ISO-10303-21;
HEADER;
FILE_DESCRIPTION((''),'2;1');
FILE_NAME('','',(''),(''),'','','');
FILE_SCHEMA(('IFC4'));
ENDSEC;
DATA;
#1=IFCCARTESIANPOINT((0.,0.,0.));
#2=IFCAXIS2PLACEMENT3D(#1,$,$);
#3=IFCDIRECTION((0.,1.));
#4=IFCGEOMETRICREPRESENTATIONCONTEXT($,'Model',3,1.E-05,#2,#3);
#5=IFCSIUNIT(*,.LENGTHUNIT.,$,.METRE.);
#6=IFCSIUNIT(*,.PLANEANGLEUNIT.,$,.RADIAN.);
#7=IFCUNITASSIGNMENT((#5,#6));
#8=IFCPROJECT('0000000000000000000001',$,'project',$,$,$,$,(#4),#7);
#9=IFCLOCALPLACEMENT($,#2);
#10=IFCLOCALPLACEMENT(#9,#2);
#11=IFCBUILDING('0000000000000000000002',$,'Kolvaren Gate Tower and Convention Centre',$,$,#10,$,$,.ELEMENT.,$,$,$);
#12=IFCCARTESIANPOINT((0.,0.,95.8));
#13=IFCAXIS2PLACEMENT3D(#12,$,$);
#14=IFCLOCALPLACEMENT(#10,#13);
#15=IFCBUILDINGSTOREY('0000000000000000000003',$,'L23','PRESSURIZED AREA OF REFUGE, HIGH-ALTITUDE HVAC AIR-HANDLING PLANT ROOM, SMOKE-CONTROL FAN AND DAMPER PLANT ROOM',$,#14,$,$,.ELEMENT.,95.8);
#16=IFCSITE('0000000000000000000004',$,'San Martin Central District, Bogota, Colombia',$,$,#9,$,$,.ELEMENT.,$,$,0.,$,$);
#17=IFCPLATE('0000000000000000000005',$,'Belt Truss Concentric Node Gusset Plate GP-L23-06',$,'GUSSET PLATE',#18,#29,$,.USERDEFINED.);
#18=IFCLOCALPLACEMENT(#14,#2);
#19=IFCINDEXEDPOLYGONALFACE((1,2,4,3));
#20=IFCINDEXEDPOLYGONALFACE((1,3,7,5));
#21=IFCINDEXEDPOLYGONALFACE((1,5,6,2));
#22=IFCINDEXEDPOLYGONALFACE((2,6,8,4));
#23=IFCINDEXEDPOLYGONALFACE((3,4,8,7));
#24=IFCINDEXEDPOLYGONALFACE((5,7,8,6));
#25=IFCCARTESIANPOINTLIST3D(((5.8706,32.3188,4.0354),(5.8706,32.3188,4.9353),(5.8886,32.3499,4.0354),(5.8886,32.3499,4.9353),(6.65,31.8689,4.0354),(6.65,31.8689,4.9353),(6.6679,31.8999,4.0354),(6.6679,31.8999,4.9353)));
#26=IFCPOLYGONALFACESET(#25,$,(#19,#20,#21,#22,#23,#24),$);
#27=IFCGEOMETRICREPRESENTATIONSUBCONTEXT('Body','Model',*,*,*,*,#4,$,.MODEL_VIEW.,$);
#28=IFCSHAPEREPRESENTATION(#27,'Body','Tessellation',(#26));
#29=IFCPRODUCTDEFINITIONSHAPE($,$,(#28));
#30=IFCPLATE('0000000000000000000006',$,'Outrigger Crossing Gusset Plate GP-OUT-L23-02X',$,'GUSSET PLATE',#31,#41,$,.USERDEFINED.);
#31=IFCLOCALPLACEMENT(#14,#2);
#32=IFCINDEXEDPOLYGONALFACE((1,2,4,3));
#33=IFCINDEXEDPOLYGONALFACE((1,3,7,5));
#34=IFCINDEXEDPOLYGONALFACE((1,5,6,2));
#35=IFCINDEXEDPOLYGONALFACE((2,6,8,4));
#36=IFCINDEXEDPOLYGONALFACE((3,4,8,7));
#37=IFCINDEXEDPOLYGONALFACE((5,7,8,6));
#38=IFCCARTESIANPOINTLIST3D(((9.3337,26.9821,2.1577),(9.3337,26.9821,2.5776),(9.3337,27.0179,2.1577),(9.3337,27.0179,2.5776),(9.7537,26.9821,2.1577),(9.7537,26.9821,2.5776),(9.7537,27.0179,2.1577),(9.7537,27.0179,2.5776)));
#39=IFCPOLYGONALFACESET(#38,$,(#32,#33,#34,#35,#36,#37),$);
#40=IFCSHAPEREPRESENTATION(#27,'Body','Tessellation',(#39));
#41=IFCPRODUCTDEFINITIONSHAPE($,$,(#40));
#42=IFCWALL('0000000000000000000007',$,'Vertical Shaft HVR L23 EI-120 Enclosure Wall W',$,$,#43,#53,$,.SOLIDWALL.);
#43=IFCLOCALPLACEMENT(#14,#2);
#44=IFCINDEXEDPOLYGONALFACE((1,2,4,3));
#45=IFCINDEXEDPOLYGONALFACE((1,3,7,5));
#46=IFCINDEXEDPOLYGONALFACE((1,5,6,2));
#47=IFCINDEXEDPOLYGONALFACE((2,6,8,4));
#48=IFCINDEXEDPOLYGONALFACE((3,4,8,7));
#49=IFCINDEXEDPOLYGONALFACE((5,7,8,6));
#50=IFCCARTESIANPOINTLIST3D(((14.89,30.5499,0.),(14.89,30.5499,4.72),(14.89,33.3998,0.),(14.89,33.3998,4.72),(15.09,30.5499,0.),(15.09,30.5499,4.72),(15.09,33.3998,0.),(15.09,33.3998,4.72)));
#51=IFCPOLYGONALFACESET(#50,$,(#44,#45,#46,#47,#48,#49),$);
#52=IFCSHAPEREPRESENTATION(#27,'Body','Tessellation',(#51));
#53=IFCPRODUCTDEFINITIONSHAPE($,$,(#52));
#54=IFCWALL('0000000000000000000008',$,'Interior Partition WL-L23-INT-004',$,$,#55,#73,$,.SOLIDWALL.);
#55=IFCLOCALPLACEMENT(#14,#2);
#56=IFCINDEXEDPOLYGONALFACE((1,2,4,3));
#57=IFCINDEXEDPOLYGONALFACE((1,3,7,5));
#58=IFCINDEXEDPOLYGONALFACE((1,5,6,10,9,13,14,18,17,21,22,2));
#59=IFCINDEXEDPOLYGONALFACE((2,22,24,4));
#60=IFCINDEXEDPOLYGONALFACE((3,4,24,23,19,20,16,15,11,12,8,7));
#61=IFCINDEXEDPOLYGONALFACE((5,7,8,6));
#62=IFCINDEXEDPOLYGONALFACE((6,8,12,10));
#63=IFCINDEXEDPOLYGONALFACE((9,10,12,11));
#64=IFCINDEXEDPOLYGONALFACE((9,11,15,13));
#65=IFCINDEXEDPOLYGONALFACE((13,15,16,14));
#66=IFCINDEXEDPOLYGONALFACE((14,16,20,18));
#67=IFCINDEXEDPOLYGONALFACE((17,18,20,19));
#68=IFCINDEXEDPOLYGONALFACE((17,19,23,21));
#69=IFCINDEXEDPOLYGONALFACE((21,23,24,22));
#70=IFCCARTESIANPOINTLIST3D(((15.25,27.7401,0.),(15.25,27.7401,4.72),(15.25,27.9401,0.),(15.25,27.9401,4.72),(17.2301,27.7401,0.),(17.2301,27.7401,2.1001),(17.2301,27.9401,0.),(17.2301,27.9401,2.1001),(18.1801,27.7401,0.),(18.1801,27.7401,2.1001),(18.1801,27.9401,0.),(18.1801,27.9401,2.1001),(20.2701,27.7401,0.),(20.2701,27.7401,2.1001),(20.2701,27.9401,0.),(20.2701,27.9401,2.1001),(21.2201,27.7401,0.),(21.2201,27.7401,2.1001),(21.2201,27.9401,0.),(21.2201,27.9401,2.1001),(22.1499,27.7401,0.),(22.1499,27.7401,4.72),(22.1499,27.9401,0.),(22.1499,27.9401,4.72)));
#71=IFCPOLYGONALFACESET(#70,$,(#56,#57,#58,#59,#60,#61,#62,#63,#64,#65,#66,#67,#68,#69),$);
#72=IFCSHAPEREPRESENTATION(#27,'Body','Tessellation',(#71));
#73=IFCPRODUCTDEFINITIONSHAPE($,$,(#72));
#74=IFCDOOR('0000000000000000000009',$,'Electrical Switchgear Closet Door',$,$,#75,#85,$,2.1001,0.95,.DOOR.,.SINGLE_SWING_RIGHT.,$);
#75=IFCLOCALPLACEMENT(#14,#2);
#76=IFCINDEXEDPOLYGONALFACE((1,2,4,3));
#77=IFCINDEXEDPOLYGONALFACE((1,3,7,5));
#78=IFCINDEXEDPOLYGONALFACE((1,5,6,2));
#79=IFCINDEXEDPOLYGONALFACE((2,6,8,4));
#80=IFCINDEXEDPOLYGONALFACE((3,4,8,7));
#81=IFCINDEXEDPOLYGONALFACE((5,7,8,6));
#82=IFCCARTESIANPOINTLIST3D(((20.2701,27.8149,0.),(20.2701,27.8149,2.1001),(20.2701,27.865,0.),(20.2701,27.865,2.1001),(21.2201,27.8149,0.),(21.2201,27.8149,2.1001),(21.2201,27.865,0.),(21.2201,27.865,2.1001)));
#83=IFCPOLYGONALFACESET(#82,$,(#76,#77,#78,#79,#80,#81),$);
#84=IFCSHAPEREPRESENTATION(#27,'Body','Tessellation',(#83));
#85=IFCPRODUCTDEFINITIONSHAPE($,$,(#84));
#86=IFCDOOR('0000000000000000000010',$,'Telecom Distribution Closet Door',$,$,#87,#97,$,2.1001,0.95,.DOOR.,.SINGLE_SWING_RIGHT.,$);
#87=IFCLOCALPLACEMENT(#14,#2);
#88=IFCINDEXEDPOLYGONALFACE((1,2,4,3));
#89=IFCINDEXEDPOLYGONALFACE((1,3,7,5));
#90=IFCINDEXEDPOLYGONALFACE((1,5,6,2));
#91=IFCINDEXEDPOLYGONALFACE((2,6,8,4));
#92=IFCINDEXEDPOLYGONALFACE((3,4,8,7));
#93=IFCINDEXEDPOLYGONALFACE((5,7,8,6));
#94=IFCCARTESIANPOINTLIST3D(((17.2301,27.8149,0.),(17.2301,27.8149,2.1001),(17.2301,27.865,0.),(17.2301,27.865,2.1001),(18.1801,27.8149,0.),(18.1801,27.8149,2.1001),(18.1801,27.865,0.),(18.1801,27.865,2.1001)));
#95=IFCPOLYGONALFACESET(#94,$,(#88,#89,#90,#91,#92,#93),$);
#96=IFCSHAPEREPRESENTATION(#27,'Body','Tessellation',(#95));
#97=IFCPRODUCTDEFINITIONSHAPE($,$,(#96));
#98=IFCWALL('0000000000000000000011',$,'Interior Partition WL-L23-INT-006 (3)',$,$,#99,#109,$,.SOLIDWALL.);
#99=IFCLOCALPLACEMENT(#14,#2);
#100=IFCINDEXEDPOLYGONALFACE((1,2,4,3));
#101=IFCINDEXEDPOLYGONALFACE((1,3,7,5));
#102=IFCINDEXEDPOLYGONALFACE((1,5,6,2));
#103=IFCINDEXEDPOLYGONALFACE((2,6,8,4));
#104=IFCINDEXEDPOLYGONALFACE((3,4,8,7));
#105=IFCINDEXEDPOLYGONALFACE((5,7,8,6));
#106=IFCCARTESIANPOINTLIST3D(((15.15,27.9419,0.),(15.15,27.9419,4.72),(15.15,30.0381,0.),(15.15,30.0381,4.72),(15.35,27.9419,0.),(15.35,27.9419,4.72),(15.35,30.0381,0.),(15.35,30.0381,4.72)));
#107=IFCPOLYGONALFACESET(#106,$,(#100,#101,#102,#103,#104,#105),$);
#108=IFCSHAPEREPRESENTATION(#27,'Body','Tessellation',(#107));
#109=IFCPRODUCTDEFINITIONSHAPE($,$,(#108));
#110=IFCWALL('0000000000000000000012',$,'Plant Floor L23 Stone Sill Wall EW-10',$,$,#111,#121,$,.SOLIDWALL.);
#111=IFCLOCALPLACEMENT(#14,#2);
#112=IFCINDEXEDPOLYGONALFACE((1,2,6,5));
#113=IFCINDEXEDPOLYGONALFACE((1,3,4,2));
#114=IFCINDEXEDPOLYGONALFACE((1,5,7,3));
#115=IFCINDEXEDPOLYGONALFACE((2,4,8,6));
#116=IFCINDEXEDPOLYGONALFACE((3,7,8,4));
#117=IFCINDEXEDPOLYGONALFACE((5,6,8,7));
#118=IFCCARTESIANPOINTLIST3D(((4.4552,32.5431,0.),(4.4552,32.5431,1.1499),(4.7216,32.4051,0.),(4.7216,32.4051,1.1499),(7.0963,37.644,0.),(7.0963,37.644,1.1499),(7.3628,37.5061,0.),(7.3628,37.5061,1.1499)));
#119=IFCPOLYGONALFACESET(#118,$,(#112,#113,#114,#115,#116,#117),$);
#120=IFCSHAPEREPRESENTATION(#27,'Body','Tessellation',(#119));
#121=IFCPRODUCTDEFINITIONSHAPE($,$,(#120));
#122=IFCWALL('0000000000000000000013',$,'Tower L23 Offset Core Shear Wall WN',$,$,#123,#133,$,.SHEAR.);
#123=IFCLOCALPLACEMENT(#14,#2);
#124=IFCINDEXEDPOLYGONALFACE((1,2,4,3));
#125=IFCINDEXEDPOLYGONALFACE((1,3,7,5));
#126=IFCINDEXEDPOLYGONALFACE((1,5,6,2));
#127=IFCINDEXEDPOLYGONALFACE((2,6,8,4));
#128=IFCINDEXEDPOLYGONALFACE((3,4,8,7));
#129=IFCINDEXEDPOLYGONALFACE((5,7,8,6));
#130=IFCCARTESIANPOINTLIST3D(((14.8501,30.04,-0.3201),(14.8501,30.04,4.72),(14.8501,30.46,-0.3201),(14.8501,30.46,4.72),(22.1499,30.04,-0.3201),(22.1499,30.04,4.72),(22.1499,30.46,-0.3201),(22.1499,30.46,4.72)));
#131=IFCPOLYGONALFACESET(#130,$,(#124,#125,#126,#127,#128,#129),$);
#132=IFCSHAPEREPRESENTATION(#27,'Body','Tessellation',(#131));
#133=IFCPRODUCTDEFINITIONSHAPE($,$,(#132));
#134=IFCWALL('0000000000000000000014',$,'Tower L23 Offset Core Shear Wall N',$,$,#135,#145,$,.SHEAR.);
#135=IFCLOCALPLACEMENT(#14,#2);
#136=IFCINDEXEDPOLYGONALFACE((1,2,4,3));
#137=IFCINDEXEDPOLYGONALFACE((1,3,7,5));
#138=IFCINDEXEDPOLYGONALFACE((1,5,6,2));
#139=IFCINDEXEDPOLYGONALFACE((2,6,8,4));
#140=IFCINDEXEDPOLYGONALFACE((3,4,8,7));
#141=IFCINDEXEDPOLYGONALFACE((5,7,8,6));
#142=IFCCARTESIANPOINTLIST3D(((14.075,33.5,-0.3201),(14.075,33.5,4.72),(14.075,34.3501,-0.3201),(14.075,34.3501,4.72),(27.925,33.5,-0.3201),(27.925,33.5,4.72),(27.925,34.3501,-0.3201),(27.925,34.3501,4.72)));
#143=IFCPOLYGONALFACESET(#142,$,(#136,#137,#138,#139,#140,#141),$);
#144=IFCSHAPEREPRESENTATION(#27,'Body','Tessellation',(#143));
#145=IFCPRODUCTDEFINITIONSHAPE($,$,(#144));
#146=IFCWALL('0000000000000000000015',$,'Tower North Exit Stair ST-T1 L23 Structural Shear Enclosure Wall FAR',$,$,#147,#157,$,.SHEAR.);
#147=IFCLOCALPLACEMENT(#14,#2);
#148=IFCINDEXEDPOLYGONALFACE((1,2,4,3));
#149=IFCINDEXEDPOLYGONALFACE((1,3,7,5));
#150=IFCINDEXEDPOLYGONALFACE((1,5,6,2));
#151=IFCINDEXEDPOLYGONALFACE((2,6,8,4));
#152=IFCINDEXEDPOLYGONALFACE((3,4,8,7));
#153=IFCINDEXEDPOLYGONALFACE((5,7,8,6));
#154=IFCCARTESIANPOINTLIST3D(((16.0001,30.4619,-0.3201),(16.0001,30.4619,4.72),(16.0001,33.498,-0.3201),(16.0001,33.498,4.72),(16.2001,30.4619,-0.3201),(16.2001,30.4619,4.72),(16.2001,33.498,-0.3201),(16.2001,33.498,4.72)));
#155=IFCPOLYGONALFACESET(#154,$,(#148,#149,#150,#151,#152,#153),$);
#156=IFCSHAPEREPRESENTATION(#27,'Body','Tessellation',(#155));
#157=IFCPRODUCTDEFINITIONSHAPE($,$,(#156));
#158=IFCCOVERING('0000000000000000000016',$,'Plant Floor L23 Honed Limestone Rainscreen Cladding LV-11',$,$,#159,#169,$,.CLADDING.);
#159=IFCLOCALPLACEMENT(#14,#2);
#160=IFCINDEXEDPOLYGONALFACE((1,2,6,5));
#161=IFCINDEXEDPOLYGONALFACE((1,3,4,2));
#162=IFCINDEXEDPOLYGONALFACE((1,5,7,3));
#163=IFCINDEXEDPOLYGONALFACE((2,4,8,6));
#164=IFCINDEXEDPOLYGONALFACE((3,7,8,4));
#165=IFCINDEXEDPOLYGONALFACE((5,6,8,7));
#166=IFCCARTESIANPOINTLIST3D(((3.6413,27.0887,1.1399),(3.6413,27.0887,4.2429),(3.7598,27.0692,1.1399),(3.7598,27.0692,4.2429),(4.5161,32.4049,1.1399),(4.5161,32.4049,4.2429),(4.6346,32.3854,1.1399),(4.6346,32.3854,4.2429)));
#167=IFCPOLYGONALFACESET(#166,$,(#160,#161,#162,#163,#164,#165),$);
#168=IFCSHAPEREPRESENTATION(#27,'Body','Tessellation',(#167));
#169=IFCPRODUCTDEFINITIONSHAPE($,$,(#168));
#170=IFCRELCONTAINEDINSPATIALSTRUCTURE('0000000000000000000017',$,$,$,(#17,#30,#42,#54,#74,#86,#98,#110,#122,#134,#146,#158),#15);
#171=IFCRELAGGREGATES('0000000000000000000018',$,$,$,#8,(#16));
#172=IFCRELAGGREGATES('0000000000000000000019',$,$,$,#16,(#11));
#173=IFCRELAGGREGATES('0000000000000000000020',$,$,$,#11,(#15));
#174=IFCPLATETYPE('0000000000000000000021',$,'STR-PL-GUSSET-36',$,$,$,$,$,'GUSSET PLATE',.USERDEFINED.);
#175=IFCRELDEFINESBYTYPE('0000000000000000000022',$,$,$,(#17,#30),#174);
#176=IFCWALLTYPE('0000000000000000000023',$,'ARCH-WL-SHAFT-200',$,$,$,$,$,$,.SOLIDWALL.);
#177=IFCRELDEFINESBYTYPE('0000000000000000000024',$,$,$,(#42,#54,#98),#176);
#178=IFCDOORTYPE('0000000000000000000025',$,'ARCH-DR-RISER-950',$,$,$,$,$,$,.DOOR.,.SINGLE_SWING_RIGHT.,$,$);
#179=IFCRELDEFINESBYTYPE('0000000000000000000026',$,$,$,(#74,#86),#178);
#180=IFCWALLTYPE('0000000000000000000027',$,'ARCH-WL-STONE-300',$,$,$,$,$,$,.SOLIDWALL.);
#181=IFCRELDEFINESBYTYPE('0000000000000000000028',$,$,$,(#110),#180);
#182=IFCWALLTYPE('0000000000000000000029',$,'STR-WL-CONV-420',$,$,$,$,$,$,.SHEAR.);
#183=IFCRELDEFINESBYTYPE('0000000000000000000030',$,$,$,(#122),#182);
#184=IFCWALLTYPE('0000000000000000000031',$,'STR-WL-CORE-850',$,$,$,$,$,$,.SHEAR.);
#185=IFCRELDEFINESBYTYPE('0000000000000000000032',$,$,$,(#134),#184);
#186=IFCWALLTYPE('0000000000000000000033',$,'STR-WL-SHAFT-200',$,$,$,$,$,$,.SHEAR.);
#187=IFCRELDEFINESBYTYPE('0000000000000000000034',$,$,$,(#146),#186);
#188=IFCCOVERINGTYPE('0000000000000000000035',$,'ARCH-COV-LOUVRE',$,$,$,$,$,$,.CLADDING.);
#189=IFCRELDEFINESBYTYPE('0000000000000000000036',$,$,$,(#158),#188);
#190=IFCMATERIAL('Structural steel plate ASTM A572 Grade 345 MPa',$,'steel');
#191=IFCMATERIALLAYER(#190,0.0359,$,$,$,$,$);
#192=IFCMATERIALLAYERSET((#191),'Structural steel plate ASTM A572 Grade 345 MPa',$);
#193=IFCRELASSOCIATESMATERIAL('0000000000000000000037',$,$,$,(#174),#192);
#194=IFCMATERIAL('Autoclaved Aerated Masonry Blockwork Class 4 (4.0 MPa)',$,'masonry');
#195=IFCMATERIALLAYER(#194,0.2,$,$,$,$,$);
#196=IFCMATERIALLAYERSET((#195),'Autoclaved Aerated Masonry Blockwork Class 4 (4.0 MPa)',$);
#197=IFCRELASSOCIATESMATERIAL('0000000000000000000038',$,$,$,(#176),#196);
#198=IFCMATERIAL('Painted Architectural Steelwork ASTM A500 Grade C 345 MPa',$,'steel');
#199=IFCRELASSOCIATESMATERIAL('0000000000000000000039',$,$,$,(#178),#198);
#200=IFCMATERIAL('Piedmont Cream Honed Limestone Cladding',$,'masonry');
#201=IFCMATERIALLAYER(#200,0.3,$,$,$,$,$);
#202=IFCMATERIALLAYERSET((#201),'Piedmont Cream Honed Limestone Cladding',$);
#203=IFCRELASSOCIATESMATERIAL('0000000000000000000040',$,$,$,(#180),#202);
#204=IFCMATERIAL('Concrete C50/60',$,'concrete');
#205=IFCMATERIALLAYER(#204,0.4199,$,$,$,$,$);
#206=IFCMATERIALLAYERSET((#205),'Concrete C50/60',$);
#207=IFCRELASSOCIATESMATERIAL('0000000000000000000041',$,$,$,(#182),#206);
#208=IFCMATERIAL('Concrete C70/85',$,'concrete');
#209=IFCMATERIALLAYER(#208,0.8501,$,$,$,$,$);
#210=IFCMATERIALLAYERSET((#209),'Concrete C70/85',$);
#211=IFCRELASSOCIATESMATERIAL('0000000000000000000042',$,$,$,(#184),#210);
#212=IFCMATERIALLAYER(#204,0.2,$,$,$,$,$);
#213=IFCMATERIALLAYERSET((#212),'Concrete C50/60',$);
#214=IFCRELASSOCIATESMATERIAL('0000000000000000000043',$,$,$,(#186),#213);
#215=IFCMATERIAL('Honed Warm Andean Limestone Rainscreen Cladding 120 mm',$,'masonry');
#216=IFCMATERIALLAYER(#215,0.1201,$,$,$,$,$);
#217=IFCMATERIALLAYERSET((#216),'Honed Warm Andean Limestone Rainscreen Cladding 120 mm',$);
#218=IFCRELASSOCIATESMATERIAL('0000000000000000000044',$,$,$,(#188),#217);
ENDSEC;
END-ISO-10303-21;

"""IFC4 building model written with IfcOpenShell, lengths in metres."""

from ifc_helpers import new_model, si_unit, direction, frame, frame_2d, origin, origin_2d, place, context, subcontext, project, spatial, rectangle, extrude, material, layer, layer_set, type_object, element, fill, save


model = new_model("IFC4")

# Units and contexts
model_context = context("Model", 3, precision=1e-05, world=origin(), true_north=direction((0.0, 1.0)))
body_context = subcontext(model_context, "Body", "Model", "MODEL_VIEW")
ifc_project = project(units=[si_unit("LENGTHUNIT", "METRE"), si_unit("PLANEANGLEUNIT", "RADIAN")], contexts=[model_context])

# Site, building, storey
site_placement = place(None, origin())
site = spatial("IfcSite", under=ifc_project, at=site_placement, Name="San Martin Central District, Bogota, Colombia", CompositionType="ELEMENT", RefElevation=0.0)
building_placement = place(site_placement, origin())
building = spatial("IfcBuilding", under=site, at=building_placement, Name="Kolvaren Gate Tower and Convention Centre", CompositionType="ELEMENT")
storey_placement = place(building_placement, frame((0.0, 0.0, 95.8)))
storey = spatial("IfcBuildingStorey", under=building, at=storey_placement, Name="L23", Description="PRESSURIZED AREA OF REFUGE, HIGH-ALTITUDE HVAC AIR-HANDLING PLANT ROOM, SMOKE-CONTROL FAN AND DAMPER PLANT ROOM", CompositionType="ELEMENT", Elevation=95.8)

# Shared definitions
ifc_material_1 = material(Name="Concrete C70/85", Category="concrete")

# Plates
ifc_material_2 = material(Name="Structural steel plate ASTM A572 Grade 345 MPa", Category="steel")
ifc_layer_1 = layer(ifc_material_2, 0.0359)
ifc_layer_set_1 = layer_set([ifc_layer_1], Name="Structural steel plate ASTM A572 Grade 345 MPa")
plate_type_1 = type_object("IfcPlateType", Name="STR-PL-GUSSET-36", ElementType="GUSSET PLATE", PredefinedType="USERDEFINED", material=ifc_layer_set_1)
plate_1_placement = place(storey_placement, frame((6.2693, 32.1094, 4.0354), z_axis=(0.0, 0.0, 1.0), x_axis=(-0.866025, 0.5, 0.0)))
element("IfcPlate", 1, at=plate_1_placement, inside=storey, type_object=plate_type_1, Name="Belt Truss Concentric Node Gusset Plate GP-L23-06", ObjectType="GUSSET PLATE", PredefinedType="USERDEFINED", context=body_context, shape_type="SweptSolid", body=[
    extrude(rectangle(XDim=0.8999, YDim=0.0359, at=origin_2d()), origin(), (0.0, 0.0, 1.0), 0.8999),
])
plate_2_placement = place(storey_placement, frame((9.5437, 27.0, 2.1577), z_axis=(0.0, 0.0, 1.0), x_axis=(-1.0, 0.0, 0.0)))
element("IfcPlate", 2, at=plate_2_placement, inside=storey, type_object=plate_type_1, Name="Outrigger Crossing Gusset Plate GP-OUT-L23-02X", ObjectType="GUSSET PLATE", PredefinedType="USERDEFINED", context=body_context, shape_type="SweptSolid", body=[
    extrude(rectangle(XDim=0.4199, YDim=0.0359, at=origin_2d()), origin(), (0.0, 0.0, 1.0), 0.4199),
])

# Wall
ifc_material_3 = material(Name="Autoclaved Aerated Masonry Blockwork Class 4 (4.0 MPa)", Category="masonry")
ifc_layer_2 = layer(ifc_material_3, 0.2)
ifc_layer_set_2 = layer_set([ifc_layer_2], Name="Autoclaved Aerated Masonry Blockwork Class 4 (4.0 MPa)")
wall_type_1 = type_object("IfcWallType", Name="ARCH-WL-SHAFT-200", PredefinedType="SOLIDWALL", material=ifc_layer_set_2)
wall_1_placement = place(storey_placement, frame((14.99, 30.55, 0.0), z_axis=(0.0, 0.0, 1.0), x_axis=(0.0, 1.0, 0.0)))
element("IfcWall", 3, at=wall_1_placement, inside=storey, type_object=wall_type_1, Name="Vertical Shaft HVR L23 EI-120 Enclosure Wall W", PredefinedType="SOLIDWALL", context=body_context, shape_type="SweptSolid", body=[
    extrude(rectangle(XDim=2.8499, YDim=0.2, at=frame_2d((1.4248, 0.0))), origin(), (0.0, 0.0, 1.0), 4.72),
])

# Wall, openings, doors
wall_2_placement = place(storey_placement, frame((15.25, 27.8401, 0.0), z_axis=(0.0, 0.0, 1.0), x_axis=(1.0, 0.0, 0.0)))
wall_2 = element("IfcWall", 4, at=wall_2_placement, inside=storey, type_object=wall_type_1, Name="Interior Partition WL-L23-INT-004", PredefinedType="SOLIDWALL", context=body_context, shape_type="SweptSolid", body=[
    extrude(rectangle(XDim=6.8999, YDim=0.2, at=frame_2d((3.45, 0.0))), origin(), (0.0, 0.0, 1.0), 4.72),
])
opening_1_placement = place(wall_2_placement, frame((5.02, 0.0, 0.0)))
opening_1 = element("IfcOpeningElement", 5, at=opening_1_placement, cuts=wall_2, PredefinedType="OPENING", context=body_context, shape_type="SweptSolid", body=[
    extrude(rectangle(XDim=0.95, YDim=2.1001, at=frame_2d((0.4751, 1.05))), frame((0.0, 0.1099, 0.0), z_axis=(0.0, -1.0, 0.0), x_axis=(1.0, 0.0, 0.0)), (0.0, 0.0, 1.0), 0.22),
])
opening_2_placement = place(wall_2_placement, frame((1.98, 0.0, 0.0)))
opening_2 = element("IfcOpeningElement", 6, at=opening_2_placement, cuts=wall_2, PredefinedType="OPENING", context=body_context, shape_type="SweptSolid", body=[
    extrude(rectangle(XDim=0.95, YDim=2.1001, at=frame_2d((0.4751, 1.05))), frame((0.0, 0.1099, 0.0), z_axis=(0.0, -1.0, 0.0), x_axis=(1.0, 0.0, 0.0)), (0.0, 0.0, 1.0), 0.22),
])
ifc_material_4 = material(Name="Painted Architectural Steelwork ASTM A500 Grade C 345 MPa", Category="steel")
door_type = type_object("IfcDoorType", Name="ARCH-DR-RISER-950", OperationType="SINGLE_SWING_RIGHT", PredefinedType="DOOR", material=ifc_material_4)
door_1_placement = place(opening_1_placement, origin())
door_1 = element("IfcDoor", 7, at=door_1_placement, inside=storey, type_object=door_type, Name="Electrical Switchgear Closet Door", OperationType="SINGLE_SWING_RIGHT", OverallHeight=2.1001, OverallWidth=0.95, PredefinedType="DOOR", context=body_context, shape_type="SweptSolid", body=[
    extrude(rectangle(XDim=0.95, YDim=2.1001, at=frame_2d((0.4751, 1.05))), frame((0.0, 0.0249, 0.0), z_axis=(0.0, -1.0, 0.0), x_axis=(1.0, 0.0, 0.0)), (0.0, 0.0, 1.0), 0.05),
])
fill(opening_1, door_1)
door_2_placement = place(opening_2_placement, origin())
door_2 = element("IfcDoor", 8, at=door_2_placement, inside=storey, type_object=door_type, Name="Telecom Distribution Closet Door", OperationType="SINGLE_SWING_RIGHT", OverallHeight=2.1001, OverallWidth=0.95, PredefinedType="DOOR", context=body_context, shape_type="SweptSolid", body=[
    extrude(rectangle(XDim=0.95, YDim=2.1001, at=frame_2d((0.4751, 1.05))), frame((0.0, 0.0249, 0.0), z_axis=(0.0, -1.0, 0.0), x_axis=(1.0, 0.0, 0.0)), (0.0, 0.0, 1.0), 0.05),
])
fill(opening_2, door_2)

# Walls
wall_3_placement = place(storey_placement, frame((15.25, 27.9419, 0.0), z_axis=(0.0, 0.0, 1.0), x_axis=(0.0, 1.0, 0.0)))
element("IfcWall", 9, at=wall_3_placement, inside=storey, type_object=wall_type_1, Name="Interior Partition WL-L23-INT-006 (3)", PredefinedType="SOLIDWALL", context=body_context, shape_type="SweptSolid", body=[
    extrude(rectangle(XDim=2.0962, YDim=0.2, at=frame_2d((1.0481, 0.0))), origin(), (0.0, 0.0, 1.0), 4.72),
])
ifc_material_5 = material(Name="Piedmont Cream Honed Limestone Cladding", Category="masonry")
ifc_layer_3 = layer(ifc_material_5, 0.3)
ifc_layer_set_3 = layer_set([ifc_layer_3], Name="Piedmont Cream Honed Limestone Cladding")
wall_type_2 = type_object("IfcWallType", Name="ARCH-WL-STONE-300", PredefinedType="SOLIDWALL", material=ifc_layer_set_3)
wall_4_placement = place(storey_placement, frame((4.5884, 32.4741, 0.0), z_axis=(0.0, 0.0, 1.0), x_axis=(0.459801, 0.888022, 0.0)))
element("IfcWall", 10, at=wall_4_placement, inside=storey, type_object=wall_type_2, Name="Plant Floor L23 Stone Sill Wall EW-10", PredefinedType="SOLIDWALL", context=body_context, shape_type="SweptSolid", body=[
    extrude(rectangle(XDim=5.7441, YDim=0.3, at=frame_2d((2.8721, 0.0))), origin(), (0.0, 0.0, 1.0), 1.1499),
])
ifc_material_6 = material(Name="Concrete C50/60", Category="concrete")
ifc_layer_4 = layer(ifc_material_6, 0.4199)
ifc_layer_set_4 = layer_set([ifc_layer_4], Name="Concrete C50/60")
wall_type_3 = type_object("IfcWallType", Name="STR-WL-CONV-420", PredefinedType="SHEAR", material=ifc_layer_set_4)
wall_5_placement = place(storey_placement, frame((14.8501, 30.25, -0.3201), z_axis=(0.0, 0.0, 1.0), x_axis=(1.0, 0.0, 0.0)))
element("IfcWall", 11, at=wall_5_placement, inside=storey, type_object=wall_type_3, Name="Tower L23 Offset Core Shear Wall WN", PredefinedType="SHEAR", context=body_context, shape_type="SweptSolid", body=[
    extrude(rectangle(XDim=7.2998, YDim=0.4199, at=frame_2d((3.6499, 0.0))), origin(), (0.0, 0.0, 1.0), 5.04),
])
ifc_layer_5 = layer(ifc_material_1, 0.8501)
ifc_layer_set_5 = layer_set([ifc_layer_5], Name="Concrete C70/85")
wall_type_4 = type_object("IfcWallType", Name="STR-WL-CORE-850", PredefinedType="SHEAR", material=ifc_layer_set_5)
wall_6_placement = place(storey_placement, frame((14.075, 33.925, -0.3201), z_axis=(0.0, 0.0, 1.0), x_axis=(1.0, 0.0, 0.0)))
element("IfcWall", 12, at=wall_6_placement, inside=storey, type_object=wall_type_4, Name="Tower L23 Offset Core Shear Wall N", PredefinedType="SHEAR", context=body_context, shape_type="SweptSolid", body=[
    extrude(rectangle(XDim=13.8501, YDim=0.8501, at=frame_2d((6.925, 0.0))), origin(), (0.0, 0.0, 1.0), 5.04),
])
ifc_layer_6 = layer(ifc_material_6, 0.2)
ifc_layer_set_6 = layer_set([ifc_layer_6], Name="Concrete C50/60")
wall_type_5 = type_object("IfcWallType", Name="STR-WL-SHAFT-200", PredefinedType="SHEAR", material=ifc_layer_set_6)
wall_7_placement = place(storey_placement, frame((16.1001, 30.4619, -0.3201), z_axis=(0.0, 0.0, 1.0), x_axis=(0.0, 1.0, 0.0)))
element("IfcWall", 13, at=wall_7_placement, inside=storey, type_object=wall_type_5, Name="Tower North Exit Stair ST-T1 L23 Structural Shear Enclosure Wall FAR", PredefinedType="SHEAR", context=body_context, shape_type="SweptSolid", body=[
    extrude(rectangle(XDim=3.0361, YDim=0.2, at=frame_2d((1.5181, 0.0))), origin(), (0.0, 0.0, 1.0), 5.04),
])

# Covering
ifc_material_7 = material(Name="Honed Warm Andean Limestone Rainscreen Cladding 120 mm", Category="masonry")
ifc_layer_7 = layer(ifc_material_7, 0.1201)
ifc_layer_set_7 = layer_set([ifc_layer_7], Name="Honed Warm Andean Limestone Rainscreen Cladding 120 mm")
covering_type = type_object("IfcCoveringType", Name="ARCH-COV-LOUVRE", PredefinedType="CLADDING", material=ifc_layer_set_7)
covering_placement = place(storey_placement, frame((4.1379, 29.7371, 1.1399), z_axis=(0.0, 0.0, 1.0), x_axis=(0.162375, 0.986729, 0.0)))
element("IfcCovering", 14, at=covering_placement, inside=storey, type_object=covering_type, Name="Plant Floor L23 Honed Limestone Rainscreen Cladding LV-11", PredefinedType="CLADDING", context=body_context, shape_type="SweptSolid", body=[
    extrude(rectangle(XDim=5.3877, YDim=0.1201, at=origin_2d()), origin(), (0.0, 0.0, 1.0), 3.103),
])

save(model, "model.ifc")
